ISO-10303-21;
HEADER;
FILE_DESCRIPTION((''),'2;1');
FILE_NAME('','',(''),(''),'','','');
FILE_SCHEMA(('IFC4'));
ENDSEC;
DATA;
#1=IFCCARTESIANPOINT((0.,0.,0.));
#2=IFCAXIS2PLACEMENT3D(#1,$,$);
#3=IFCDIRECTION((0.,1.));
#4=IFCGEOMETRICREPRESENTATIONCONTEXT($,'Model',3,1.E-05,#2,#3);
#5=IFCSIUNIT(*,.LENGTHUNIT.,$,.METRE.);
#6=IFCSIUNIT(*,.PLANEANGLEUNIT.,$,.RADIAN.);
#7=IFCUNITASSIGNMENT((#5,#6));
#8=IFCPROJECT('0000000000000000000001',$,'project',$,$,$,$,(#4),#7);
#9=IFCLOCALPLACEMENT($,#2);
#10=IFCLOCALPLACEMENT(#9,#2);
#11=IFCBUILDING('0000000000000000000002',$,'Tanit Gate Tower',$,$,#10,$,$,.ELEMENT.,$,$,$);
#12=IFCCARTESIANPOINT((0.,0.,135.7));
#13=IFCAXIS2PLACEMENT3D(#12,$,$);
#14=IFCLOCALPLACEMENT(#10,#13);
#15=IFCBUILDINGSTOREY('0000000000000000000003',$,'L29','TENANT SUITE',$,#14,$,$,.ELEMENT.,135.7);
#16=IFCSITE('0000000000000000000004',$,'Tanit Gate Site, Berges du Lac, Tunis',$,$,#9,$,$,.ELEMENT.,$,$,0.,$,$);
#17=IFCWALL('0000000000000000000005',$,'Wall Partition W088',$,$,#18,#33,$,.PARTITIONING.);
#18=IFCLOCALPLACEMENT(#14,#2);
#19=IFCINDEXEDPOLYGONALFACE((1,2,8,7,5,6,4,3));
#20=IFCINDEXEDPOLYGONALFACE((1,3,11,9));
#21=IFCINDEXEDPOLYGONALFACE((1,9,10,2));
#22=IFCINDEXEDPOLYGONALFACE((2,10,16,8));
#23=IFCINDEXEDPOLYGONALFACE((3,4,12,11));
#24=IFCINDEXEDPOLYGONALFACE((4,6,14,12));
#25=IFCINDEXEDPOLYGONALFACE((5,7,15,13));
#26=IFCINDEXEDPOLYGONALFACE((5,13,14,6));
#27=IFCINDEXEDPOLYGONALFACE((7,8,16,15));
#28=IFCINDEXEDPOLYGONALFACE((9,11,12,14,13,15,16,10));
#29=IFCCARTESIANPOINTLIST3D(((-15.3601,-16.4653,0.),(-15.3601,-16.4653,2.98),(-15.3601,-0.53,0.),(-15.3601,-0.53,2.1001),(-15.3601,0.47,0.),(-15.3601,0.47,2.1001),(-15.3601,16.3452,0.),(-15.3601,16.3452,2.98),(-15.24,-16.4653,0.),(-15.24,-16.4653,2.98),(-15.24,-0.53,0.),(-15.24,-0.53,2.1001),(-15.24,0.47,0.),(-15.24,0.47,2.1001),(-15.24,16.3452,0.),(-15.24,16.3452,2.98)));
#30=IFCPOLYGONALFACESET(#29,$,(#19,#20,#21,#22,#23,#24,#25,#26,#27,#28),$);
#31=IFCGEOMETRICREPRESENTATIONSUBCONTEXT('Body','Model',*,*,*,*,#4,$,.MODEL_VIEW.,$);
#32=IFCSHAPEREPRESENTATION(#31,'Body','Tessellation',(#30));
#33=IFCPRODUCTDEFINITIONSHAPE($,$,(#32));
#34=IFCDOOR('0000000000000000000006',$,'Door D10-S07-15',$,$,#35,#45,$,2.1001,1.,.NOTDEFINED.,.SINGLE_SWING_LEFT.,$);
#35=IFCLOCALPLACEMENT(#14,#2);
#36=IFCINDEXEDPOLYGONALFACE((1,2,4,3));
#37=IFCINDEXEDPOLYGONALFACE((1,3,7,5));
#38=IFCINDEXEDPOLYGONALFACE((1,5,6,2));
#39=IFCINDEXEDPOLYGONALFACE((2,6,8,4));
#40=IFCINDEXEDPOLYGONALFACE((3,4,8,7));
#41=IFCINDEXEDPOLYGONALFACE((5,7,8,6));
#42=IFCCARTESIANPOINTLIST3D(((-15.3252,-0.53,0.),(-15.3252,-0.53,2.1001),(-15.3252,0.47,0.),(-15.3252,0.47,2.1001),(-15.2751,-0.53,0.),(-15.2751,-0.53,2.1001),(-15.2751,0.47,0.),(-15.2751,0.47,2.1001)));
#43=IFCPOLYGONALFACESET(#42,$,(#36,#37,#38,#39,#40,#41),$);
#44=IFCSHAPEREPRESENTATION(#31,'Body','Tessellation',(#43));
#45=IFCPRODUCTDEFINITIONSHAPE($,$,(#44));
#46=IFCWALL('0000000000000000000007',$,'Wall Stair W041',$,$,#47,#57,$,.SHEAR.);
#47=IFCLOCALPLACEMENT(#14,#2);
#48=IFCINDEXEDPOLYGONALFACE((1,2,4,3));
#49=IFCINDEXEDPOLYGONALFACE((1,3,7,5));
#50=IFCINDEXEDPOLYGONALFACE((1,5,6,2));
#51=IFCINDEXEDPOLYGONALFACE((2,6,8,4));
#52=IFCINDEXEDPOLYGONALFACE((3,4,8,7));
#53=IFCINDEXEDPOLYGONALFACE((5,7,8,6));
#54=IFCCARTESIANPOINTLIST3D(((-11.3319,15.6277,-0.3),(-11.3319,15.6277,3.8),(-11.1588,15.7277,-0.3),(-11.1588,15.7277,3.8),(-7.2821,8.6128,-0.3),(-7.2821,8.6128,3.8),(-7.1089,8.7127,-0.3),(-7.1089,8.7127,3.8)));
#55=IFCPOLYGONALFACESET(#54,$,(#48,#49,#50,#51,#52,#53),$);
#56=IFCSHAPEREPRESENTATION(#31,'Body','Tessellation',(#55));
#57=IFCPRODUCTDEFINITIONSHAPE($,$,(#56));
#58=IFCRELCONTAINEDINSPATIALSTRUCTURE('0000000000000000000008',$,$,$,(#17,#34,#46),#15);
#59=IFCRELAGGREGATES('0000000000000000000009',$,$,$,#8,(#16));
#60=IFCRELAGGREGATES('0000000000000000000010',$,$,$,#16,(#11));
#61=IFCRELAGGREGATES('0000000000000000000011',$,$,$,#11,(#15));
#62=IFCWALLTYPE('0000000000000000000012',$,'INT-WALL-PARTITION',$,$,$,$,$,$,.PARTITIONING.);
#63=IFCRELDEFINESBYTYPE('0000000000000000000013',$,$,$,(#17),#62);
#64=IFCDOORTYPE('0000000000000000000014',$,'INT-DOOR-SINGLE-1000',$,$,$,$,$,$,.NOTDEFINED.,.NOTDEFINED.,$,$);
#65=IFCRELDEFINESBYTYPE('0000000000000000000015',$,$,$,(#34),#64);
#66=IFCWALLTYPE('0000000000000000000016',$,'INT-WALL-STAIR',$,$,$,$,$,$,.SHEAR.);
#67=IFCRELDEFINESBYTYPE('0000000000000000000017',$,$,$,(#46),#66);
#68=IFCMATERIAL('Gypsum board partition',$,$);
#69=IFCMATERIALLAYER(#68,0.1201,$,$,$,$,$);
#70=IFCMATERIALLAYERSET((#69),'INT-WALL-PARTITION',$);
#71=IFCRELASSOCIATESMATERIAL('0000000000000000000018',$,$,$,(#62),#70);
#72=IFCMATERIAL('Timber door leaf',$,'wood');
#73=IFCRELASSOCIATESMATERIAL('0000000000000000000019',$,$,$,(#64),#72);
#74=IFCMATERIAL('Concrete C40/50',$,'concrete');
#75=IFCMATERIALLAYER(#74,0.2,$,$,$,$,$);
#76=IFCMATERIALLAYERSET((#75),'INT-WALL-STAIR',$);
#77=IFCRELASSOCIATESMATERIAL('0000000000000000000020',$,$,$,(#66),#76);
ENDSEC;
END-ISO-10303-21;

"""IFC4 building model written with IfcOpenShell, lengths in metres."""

from ifc_helpers import new_model, si_unit, direction, frame, frame_2d, origin, place, context, subcontext, project, spatial, rectangle, extrude, material, layer, layer_set, type_object, element, fill, save


model = new_model("IFC4")

# Units and contexts
model_context = context("Model", 3, precision=1e-05, world=origin(), true_north=direction((0.0, 1.0)))
body_context = subcontext(model_context, "Body", "Model", "MODEL_VIEW")
ifc_project = project(units=[si_unit("LENGTHUNIT", "METRE"), si_unit("PLANEANGLEUNIT", "RADIAN")], contexts=[model_context])

# Site, building, storey
site_placement = place(None, origin())
site = spatial("IfcSite", under=ifc_project, at=site_placement, Name="Tanit Gate Site, Berges du Lac, Tunis", CompositionType="ELEMENT", RefElevation=0.0)
building_placement = place(site_placement, origin())
building = spatial("IfcBuilding", under=site, at=building_placement, Name="Tanit Gate Tower", CompositionType="ELEMENT")
storey_placement = place(building_placement, frame((0.0, 0.0, 135.7)))
storey = spatial("IfcBuildingStorey", under=building, at=storey_placement, Name="L29", Description="TENANT SUITE", CompositionType="ELEMENT", Elevation=135.7)

# Wall, opening, door
ifc_material_1 = material(Name="Gypsum board partition")
ifc_layer_1 = layer(ifc_material_1, 0.1201)
ifc_layer_set_1 = layer_set([ifc_layer_1], Name="INT-WALL-PARTITION")
wall_type_1 = type_object("IfcWallType", Name="INT-WALL-PARTITION", PredefinedType="PARTITIONING", material=ifc_layer_set_1)
wall_1_placement = place(storey_placement, frame((-15.3, 16.3452, 0.0), z_axis=(0.0, 0.0, 1.0), x_axis=(0.0, -1.0, 0.0)))
wall_1 = element("IfcWall", 1, at=wall_1_placement, inside=storey, type_object=wall_type_1, Name="Wall Partition W088", PredefinedType="PARTITIONING", context=body_context, shape_type="SweptSolid", body=[
    extrude(rectangle(XDim=32.8105, YDim=0.1201, at=frame_2d((16.4053, 0.0))), origin(), (0.0, 0.0, 1.0), 2.98),
])
opening_1_placement = place(wall_1_placement, frame((15.8752, 0.0, 0.0)))
opening_1 = element("IfcOpeningElement", 2, at=opening_1_placement, cuts=wall_1, PredefinedType="OPENING", context=body_context, shape_type="SweptSolid", body=[
    extrude(rectangle(XDim=1.0, YDim=2.1001, at=frame_2d((0.5, 1.05))), frame((0.0, 0.0701, 0.0), z_axis=(0.0, -1.0, 0.0), x_axis=(1.0, 0.0, 0.0)), (0.0, 0.0, 1.0), 0.1401),
])
ifc_material_2 = material(Name="Timber door leaf", Category="wood")
door_type_1 = type_object("IfcDoorType", Name="INT-DOOR-SINGLE-1000", OperationType="NOTDEFINED", PredefinedType="NOTDEFINED", material=ifc_material_2)
door_1_placement = place(opening_1_placement, origin())
door_1 = element("IfcDoor", 3, at=door_1_placement, inside=storey, type_object=door_type_1, Name="Door D10-S07-15", OperationType="SINGLE_SWING_LEFT", OverallHeight=2.1001, OverallWidth=1.0, PredefinedType="NOTDEFINED", context=body_context, shape_type="SweptSolid", body=[
    extrude(rectangle(XDim=1.0, YDim=2.1001, at=frame_2d((0.5, 1.05))), frame((0.0, 0.0249, 0.0), z_axis=(0.0, -1.0, 0.0), x_axis=(1.0, 0.0, 0.0)), (0.0, 0.0, 1.0), 0.05),
])
fill(opening_1, door_1)

# Wall
ifc_material_3 = material(Name="Concrete C40/50", Category="concrete")
ifc_layer_2 = layer(ifc_material_3, 0.2)
ifc_layer_set_2 = layer_set([ifc_layer_2], Name="INT-WALL-STAIR")
wall_type_2 = type_object("IfcWallType", Name="INT-WALL-STAIR", PredefinedType="SHEAR", material=ifc_layer_set_2)
wall_2_placement = place(storey_placement, frame((-11.2454, 15.6777, -0.3), z_axis=(0.0, 0.0, 1.0), x_axis=(0.499977, -0.866039, 0.0)))
element("IfcWall", 4, at=wall_2_placement, inside=storey, type_object=wall_type_2, Name="Wall Stair W041", PredefinedType="SHEAR", context=body_context, shape_type="SweptSolid", body=[
    extrude(rectangle(XDim=8.1001, YDim=0.2, at=frame_2d((4.05, 0.0))), origin(), (0.0, 0.0, 1.0), 4.1001),
])

save(model, "model.ifc")
